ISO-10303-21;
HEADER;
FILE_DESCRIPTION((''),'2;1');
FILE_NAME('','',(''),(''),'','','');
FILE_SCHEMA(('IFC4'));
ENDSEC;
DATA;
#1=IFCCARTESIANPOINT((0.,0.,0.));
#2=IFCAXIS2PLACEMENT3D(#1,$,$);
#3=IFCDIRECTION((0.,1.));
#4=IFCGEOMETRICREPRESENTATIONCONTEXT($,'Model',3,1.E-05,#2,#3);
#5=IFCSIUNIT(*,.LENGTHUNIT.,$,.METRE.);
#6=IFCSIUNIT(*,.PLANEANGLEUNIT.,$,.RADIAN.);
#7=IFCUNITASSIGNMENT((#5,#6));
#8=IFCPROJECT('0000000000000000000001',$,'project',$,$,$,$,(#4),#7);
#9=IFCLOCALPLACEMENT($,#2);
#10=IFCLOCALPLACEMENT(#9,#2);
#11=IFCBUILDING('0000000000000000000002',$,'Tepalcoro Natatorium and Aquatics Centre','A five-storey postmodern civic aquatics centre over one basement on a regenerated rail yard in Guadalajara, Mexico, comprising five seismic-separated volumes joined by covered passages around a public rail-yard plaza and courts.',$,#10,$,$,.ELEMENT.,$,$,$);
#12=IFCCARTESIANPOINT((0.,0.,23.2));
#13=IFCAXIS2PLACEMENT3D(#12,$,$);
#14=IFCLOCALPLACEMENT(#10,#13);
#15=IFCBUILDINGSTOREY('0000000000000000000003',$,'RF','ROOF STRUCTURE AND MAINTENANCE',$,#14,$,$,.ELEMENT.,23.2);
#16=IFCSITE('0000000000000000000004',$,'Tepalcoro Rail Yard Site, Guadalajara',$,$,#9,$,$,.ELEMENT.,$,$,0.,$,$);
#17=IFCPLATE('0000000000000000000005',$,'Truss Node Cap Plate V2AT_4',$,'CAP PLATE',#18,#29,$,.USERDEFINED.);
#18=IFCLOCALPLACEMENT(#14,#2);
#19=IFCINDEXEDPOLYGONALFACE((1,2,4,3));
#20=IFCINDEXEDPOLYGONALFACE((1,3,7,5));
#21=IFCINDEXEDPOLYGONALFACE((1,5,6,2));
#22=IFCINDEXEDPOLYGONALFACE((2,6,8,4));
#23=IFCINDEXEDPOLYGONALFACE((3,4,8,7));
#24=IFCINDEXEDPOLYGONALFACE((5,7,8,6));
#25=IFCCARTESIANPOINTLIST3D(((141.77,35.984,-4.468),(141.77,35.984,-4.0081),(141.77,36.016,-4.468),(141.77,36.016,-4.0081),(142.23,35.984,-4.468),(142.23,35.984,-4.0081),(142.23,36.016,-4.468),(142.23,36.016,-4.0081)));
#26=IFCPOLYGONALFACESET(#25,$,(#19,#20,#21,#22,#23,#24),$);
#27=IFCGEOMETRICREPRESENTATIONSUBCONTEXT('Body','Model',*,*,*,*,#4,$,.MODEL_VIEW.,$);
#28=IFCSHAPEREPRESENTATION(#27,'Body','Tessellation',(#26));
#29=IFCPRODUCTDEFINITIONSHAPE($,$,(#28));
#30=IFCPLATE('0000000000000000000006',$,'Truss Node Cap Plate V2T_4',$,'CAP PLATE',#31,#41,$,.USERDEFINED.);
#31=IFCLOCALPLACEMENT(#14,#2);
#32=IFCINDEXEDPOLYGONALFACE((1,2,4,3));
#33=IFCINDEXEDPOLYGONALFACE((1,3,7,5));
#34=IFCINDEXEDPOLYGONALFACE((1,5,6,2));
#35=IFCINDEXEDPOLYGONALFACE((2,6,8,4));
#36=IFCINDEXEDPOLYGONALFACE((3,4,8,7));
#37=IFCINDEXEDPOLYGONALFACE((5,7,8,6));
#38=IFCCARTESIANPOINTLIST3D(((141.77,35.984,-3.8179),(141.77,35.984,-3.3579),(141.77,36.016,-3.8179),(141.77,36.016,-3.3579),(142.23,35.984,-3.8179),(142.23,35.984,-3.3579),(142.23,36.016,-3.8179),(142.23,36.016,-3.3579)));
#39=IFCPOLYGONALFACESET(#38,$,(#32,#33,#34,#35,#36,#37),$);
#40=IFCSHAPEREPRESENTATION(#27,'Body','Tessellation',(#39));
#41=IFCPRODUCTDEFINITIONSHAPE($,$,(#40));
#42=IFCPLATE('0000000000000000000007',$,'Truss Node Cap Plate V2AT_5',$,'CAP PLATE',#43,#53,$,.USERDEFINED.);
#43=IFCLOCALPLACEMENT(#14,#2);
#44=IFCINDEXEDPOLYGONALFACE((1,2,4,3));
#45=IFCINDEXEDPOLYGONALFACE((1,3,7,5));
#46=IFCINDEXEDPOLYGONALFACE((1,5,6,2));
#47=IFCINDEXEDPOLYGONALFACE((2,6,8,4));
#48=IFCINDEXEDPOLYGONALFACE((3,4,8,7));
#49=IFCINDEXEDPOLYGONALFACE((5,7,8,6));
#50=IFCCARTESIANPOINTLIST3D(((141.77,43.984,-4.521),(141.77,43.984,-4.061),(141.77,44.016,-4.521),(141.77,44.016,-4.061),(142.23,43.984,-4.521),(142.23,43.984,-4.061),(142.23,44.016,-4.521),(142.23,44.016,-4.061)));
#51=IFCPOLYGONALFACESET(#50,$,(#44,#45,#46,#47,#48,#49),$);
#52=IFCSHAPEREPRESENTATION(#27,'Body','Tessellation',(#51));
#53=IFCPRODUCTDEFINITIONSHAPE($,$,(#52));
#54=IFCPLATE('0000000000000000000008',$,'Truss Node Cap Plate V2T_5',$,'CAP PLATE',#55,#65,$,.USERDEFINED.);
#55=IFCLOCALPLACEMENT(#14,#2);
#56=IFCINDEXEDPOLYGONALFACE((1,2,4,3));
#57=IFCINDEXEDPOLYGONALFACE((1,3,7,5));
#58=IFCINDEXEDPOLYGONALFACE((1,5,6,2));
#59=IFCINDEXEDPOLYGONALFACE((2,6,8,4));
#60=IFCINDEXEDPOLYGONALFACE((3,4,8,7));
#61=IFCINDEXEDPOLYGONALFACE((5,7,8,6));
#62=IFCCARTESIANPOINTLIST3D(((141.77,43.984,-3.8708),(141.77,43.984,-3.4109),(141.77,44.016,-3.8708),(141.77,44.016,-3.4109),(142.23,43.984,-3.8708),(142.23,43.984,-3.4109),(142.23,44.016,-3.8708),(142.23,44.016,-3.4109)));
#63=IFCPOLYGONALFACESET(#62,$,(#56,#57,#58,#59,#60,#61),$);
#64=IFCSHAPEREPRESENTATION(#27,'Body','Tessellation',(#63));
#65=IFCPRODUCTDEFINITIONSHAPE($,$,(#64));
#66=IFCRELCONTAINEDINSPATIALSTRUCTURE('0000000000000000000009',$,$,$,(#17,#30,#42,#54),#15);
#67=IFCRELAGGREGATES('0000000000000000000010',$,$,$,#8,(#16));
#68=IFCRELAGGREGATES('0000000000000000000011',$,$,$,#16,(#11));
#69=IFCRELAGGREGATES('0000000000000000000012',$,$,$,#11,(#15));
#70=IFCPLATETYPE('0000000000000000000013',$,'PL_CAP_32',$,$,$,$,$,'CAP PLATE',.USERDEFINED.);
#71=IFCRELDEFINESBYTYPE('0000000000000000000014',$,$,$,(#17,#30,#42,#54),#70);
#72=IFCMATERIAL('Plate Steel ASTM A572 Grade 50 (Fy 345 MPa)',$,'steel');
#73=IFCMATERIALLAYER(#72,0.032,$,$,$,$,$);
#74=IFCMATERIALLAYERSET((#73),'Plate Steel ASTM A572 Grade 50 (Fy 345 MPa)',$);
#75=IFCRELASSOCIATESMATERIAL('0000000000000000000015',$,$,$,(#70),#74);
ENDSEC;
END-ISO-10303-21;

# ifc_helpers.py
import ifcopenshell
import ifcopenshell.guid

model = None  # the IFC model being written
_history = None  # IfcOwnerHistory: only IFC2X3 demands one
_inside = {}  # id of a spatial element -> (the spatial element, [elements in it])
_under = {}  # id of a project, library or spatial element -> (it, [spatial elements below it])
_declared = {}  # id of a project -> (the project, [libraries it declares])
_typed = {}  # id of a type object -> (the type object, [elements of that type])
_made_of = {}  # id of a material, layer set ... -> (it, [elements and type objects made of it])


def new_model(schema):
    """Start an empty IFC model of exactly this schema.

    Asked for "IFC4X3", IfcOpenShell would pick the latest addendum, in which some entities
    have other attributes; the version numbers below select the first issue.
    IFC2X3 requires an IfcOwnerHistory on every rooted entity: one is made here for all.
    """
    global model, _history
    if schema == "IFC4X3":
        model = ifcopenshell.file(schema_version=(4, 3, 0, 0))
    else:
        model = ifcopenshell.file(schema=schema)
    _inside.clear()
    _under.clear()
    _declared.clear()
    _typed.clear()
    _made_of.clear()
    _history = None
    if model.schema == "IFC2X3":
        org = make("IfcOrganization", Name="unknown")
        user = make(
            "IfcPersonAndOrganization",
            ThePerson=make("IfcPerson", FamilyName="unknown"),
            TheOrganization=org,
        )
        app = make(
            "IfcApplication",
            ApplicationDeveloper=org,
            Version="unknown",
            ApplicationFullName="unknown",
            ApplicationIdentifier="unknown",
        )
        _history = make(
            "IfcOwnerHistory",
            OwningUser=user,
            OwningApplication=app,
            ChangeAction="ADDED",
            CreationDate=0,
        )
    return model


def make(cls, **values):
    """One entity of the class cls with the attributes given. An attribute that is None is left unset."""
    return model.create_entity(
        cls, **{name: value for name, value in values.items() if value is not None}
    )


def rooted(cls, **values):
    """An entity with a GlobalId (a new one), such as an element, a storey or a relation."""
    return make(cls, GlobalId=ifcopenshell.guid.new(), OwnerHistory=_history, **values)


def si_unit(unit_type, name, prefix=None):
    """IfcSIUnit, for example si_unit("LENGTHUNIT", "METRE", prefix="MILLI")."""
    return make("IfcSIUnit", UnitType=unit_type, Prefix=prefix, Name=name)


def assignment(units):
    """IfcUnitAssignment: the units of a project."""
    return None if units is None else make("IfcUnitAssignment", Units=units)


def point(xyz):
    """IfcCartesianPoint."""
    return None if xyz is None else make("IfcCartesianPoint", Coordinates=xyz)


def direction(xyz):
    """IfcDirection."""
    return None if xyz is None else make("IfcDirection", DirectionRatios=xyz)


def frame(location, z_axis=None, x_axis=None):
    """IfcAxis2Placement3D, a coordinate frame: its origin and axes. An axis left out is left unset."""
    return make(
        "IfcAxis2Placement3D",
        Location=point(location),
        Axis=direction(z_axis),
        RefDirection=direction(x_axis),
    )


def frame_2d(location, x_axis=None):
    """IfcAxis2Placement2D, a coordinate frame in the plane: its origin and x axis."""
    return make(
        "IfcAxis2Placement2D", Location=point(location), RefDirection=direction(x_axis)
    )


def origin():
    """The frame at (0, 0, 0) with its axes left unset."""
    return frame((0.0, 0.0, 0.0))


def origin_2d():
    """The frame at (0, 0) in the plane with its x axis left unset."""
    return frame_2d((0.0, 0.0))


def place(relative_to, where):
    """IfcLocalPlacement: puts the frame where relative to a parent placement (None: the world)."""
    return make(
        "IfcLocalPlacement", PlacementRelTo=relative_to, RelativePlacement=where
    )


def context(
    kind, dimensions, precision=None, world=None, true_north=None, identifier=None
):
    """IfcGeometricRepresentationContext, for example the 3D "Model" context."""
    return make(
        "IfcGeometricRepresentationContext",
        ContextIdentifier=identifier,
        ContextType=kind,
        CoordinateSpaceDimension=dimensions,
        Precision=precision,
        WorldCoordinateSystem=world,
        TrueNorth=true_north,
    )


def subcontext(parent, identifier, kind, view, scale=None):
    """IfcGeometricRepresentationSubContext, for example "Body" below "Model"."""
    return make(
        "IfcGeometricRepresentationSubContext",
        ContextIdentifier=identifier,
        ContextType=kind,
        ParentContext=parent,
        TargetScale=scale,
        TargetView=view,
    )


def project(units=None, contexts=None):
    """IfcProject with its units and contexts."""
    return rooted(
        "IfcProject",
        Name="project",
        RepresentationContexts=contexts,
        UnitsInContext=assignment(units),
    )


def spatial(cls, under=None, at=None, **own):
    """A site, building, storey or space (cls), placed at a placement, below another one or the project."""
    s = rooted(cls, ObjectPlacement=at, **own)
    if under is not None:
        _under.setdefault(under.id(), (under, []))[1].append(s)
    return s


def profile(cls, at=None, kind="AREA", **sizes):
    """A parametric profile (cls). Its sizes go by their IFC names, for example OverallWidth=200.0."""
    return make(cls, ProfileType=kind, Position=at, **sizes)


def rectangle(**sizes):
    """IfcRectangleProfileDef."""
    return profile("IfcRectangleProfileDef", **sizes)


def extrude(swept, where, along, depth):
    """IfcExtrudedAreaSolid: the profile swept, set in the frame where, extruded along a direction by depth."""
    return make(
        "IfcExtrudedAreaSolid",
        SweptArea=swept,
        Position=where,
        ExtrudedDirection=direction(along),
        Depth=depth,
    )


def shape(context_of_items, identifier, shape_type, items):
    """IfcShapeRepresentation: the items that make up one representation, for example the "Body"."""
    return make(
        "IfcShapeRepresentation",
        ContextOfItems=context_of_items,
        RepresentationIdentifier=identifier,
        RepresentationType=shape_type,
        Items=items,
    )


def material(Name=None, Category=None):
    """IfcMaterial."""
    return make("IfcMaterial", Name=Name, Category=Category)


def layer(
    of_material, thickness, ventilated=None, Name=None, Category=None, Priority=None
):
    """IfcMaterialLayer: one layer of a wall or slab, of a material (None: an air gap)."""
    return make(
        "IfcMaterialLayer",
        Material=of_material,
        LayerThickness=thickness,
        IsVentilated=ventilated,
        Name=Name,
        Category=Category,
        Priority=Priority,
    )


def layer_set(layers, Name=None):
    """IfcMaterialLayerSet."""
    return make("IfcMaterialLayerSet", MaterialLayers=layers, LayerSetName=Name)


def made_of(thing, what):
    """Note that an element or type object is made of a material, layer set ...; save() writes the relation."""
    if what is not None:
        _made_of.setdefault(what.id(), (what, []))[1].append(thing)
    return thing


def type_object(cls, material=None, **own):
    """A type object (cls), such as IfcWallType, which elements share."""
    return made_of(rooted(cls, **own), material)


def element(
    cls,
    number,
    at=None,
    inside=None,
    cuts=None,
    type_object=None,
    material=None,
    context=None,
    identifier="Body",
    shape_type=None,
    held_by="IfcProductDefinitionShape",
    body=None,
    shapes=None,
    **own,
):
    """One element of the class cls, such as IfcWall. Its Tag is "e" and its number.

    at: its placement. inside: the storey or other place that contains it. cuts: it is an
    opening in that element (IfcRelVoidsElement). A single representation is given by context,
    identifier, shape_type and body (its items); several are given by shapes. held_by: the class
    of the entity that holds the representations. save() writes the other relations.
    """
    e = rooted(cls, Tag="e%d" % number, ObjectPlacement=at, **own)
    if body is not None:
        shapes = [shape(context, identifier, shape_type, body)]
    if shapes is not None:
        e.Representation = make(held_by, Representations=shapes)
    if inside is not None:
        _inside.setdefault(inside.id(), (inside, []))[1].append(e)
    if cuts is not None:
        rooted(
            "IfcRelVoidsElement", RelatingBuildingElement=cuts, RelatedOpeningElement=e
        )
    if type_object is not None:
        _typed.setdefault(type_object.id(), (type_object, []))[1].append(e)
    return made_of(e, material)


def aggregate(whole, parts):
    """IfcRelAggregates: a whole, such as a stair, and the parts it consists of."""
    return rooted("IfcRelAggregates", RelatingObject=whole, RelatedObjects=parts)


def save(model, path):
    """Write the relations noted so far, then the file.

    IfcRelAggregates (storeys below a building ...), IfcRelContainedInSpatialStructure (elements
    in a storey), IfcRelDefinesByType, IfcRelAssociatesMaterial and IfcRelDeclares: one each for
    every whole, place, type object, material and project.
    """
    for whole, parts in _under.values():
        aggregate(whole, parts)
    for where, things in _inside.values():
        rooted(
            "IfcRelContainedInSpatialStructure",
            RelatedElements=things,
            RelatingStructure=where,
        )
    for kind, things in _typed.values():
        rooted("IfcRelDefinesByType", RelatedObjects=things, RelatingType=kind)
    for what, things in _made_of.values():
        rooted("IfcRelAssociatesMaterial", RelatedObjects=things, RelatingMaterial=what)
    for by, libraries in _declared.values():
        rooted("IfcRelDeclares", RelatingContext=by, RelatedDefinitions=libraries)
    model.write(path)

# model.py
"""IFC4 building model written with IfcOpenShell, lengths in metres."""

from ifc_helpers import new_model, si_unit, direction, frame, origin, origin_2d, place, context, subcontext, project, spatial, rectangle, extrude, material, layer, layer_set, type_object, element, save


model = new_model("IFC4")

# Units and contexts
model_context = context("Model", 3, precision=1e-05, world=origin(), true_north=direction((0.0, 1.0)))
body_context = subcontext(model_context, "Body", "Model", "MODEL_VIEW")
ifc_project = project(units=[si_unit("LENGTHUNIT", "METRE"), si_unit("PLANEANGLEUNIT", "RADIAN")], contexts=[model_context])

# Site, building, storey
site_placement = place(None, origin())
site = spatial("IfcSite", under=ifc_project, at=site_placement, Name="Tepalcoro Rail Yard Site, Guadalajara", CompositionType="ELEMENT", RefElevation=0.0)
building_placement = place(site_placement, origin())
building = spatial("IfcBuilding", under=site, at=building_placement, Name="Tepalcoro Natatorium and Aquatics Centre", Description="A five-storey postmodern civic aquatics centre over one basement on a regenerated rail yard in Guadalajara, Mexico, comprising five seismic-separated volumes joined by covered passages around a public rail-yard plaza and courts.", CompositionType="ELEMENT")
storey_placement = place(building_placement, frame((0.0, 0.0, 23.2)))
storey = spatial("IfcBuildingStorey", under=building, at=storey_placement, Name="RF", Description="ROOF STRUCTURE AND MAINTENANCE", CompositionType="ELEMENT", Elevation=23.2)

# Plates
ifc_material_1 = material(Name="Plate Steel ASTM A572 Grade 50 (Fy 345 MPa)", Category="steel")
ifc_layer = layer(ifc_material_1, 0.032)
ifc_layer_set = layer_set([ifc_layer], Name="Plate Steel ASTM A572 Grade 50 (Fy 345 MPa)")
plate_type = type_object("IfcPlateType", Name="PL_CAP_32", ElementType="CAP PLATE", PredefinedType="USERDEFINED", material=ifc_layer_set)
for number, where, z_axis, x_axis, name in (
    (1, (142.0, 36.0, -4.468), (0.0, 0.0, 1.0), (1.0, 0.0, 0.0), "Truss Node Cap Plate V2AT_4"),
    (2, (142.0, 36.0, -3.8179), (0.0, 0.0, 1.0), (1.0, 0.0, 0.0), "Truss Node Cap Plate V2T_4"),
    (3, (142.0, 44.0, -4.521), (0.0, 0.0, 1.0), (1.0, 0.0, 0.0), "Truss Node Cap Plate V2AT_5"),
    (4, (142.0, 44.0, -3.8708), (0.0, 0.0, 1.0), (1.0, 0.0, 0.0), "Truss Node Cap Plate V2T_5"),
):
    element("IfcPlate", number, at=place(storey_placement, frame(where, z_axis=z_axis, x_axis=x_axis)), inside=storey, type_object=plate_type, Name=name, ObjectType="CAP PLATE", PredefinedType="USERDEFINED", context=body_context, shape_type="SweptSolid", body=[
        extrude(rectangle(XDim=0.46, YDim=0.032, at=origin_2d()), origin(), (0.0, 0.0, 1.0), 0.46),
    ])

save(model, "model.ifc")
